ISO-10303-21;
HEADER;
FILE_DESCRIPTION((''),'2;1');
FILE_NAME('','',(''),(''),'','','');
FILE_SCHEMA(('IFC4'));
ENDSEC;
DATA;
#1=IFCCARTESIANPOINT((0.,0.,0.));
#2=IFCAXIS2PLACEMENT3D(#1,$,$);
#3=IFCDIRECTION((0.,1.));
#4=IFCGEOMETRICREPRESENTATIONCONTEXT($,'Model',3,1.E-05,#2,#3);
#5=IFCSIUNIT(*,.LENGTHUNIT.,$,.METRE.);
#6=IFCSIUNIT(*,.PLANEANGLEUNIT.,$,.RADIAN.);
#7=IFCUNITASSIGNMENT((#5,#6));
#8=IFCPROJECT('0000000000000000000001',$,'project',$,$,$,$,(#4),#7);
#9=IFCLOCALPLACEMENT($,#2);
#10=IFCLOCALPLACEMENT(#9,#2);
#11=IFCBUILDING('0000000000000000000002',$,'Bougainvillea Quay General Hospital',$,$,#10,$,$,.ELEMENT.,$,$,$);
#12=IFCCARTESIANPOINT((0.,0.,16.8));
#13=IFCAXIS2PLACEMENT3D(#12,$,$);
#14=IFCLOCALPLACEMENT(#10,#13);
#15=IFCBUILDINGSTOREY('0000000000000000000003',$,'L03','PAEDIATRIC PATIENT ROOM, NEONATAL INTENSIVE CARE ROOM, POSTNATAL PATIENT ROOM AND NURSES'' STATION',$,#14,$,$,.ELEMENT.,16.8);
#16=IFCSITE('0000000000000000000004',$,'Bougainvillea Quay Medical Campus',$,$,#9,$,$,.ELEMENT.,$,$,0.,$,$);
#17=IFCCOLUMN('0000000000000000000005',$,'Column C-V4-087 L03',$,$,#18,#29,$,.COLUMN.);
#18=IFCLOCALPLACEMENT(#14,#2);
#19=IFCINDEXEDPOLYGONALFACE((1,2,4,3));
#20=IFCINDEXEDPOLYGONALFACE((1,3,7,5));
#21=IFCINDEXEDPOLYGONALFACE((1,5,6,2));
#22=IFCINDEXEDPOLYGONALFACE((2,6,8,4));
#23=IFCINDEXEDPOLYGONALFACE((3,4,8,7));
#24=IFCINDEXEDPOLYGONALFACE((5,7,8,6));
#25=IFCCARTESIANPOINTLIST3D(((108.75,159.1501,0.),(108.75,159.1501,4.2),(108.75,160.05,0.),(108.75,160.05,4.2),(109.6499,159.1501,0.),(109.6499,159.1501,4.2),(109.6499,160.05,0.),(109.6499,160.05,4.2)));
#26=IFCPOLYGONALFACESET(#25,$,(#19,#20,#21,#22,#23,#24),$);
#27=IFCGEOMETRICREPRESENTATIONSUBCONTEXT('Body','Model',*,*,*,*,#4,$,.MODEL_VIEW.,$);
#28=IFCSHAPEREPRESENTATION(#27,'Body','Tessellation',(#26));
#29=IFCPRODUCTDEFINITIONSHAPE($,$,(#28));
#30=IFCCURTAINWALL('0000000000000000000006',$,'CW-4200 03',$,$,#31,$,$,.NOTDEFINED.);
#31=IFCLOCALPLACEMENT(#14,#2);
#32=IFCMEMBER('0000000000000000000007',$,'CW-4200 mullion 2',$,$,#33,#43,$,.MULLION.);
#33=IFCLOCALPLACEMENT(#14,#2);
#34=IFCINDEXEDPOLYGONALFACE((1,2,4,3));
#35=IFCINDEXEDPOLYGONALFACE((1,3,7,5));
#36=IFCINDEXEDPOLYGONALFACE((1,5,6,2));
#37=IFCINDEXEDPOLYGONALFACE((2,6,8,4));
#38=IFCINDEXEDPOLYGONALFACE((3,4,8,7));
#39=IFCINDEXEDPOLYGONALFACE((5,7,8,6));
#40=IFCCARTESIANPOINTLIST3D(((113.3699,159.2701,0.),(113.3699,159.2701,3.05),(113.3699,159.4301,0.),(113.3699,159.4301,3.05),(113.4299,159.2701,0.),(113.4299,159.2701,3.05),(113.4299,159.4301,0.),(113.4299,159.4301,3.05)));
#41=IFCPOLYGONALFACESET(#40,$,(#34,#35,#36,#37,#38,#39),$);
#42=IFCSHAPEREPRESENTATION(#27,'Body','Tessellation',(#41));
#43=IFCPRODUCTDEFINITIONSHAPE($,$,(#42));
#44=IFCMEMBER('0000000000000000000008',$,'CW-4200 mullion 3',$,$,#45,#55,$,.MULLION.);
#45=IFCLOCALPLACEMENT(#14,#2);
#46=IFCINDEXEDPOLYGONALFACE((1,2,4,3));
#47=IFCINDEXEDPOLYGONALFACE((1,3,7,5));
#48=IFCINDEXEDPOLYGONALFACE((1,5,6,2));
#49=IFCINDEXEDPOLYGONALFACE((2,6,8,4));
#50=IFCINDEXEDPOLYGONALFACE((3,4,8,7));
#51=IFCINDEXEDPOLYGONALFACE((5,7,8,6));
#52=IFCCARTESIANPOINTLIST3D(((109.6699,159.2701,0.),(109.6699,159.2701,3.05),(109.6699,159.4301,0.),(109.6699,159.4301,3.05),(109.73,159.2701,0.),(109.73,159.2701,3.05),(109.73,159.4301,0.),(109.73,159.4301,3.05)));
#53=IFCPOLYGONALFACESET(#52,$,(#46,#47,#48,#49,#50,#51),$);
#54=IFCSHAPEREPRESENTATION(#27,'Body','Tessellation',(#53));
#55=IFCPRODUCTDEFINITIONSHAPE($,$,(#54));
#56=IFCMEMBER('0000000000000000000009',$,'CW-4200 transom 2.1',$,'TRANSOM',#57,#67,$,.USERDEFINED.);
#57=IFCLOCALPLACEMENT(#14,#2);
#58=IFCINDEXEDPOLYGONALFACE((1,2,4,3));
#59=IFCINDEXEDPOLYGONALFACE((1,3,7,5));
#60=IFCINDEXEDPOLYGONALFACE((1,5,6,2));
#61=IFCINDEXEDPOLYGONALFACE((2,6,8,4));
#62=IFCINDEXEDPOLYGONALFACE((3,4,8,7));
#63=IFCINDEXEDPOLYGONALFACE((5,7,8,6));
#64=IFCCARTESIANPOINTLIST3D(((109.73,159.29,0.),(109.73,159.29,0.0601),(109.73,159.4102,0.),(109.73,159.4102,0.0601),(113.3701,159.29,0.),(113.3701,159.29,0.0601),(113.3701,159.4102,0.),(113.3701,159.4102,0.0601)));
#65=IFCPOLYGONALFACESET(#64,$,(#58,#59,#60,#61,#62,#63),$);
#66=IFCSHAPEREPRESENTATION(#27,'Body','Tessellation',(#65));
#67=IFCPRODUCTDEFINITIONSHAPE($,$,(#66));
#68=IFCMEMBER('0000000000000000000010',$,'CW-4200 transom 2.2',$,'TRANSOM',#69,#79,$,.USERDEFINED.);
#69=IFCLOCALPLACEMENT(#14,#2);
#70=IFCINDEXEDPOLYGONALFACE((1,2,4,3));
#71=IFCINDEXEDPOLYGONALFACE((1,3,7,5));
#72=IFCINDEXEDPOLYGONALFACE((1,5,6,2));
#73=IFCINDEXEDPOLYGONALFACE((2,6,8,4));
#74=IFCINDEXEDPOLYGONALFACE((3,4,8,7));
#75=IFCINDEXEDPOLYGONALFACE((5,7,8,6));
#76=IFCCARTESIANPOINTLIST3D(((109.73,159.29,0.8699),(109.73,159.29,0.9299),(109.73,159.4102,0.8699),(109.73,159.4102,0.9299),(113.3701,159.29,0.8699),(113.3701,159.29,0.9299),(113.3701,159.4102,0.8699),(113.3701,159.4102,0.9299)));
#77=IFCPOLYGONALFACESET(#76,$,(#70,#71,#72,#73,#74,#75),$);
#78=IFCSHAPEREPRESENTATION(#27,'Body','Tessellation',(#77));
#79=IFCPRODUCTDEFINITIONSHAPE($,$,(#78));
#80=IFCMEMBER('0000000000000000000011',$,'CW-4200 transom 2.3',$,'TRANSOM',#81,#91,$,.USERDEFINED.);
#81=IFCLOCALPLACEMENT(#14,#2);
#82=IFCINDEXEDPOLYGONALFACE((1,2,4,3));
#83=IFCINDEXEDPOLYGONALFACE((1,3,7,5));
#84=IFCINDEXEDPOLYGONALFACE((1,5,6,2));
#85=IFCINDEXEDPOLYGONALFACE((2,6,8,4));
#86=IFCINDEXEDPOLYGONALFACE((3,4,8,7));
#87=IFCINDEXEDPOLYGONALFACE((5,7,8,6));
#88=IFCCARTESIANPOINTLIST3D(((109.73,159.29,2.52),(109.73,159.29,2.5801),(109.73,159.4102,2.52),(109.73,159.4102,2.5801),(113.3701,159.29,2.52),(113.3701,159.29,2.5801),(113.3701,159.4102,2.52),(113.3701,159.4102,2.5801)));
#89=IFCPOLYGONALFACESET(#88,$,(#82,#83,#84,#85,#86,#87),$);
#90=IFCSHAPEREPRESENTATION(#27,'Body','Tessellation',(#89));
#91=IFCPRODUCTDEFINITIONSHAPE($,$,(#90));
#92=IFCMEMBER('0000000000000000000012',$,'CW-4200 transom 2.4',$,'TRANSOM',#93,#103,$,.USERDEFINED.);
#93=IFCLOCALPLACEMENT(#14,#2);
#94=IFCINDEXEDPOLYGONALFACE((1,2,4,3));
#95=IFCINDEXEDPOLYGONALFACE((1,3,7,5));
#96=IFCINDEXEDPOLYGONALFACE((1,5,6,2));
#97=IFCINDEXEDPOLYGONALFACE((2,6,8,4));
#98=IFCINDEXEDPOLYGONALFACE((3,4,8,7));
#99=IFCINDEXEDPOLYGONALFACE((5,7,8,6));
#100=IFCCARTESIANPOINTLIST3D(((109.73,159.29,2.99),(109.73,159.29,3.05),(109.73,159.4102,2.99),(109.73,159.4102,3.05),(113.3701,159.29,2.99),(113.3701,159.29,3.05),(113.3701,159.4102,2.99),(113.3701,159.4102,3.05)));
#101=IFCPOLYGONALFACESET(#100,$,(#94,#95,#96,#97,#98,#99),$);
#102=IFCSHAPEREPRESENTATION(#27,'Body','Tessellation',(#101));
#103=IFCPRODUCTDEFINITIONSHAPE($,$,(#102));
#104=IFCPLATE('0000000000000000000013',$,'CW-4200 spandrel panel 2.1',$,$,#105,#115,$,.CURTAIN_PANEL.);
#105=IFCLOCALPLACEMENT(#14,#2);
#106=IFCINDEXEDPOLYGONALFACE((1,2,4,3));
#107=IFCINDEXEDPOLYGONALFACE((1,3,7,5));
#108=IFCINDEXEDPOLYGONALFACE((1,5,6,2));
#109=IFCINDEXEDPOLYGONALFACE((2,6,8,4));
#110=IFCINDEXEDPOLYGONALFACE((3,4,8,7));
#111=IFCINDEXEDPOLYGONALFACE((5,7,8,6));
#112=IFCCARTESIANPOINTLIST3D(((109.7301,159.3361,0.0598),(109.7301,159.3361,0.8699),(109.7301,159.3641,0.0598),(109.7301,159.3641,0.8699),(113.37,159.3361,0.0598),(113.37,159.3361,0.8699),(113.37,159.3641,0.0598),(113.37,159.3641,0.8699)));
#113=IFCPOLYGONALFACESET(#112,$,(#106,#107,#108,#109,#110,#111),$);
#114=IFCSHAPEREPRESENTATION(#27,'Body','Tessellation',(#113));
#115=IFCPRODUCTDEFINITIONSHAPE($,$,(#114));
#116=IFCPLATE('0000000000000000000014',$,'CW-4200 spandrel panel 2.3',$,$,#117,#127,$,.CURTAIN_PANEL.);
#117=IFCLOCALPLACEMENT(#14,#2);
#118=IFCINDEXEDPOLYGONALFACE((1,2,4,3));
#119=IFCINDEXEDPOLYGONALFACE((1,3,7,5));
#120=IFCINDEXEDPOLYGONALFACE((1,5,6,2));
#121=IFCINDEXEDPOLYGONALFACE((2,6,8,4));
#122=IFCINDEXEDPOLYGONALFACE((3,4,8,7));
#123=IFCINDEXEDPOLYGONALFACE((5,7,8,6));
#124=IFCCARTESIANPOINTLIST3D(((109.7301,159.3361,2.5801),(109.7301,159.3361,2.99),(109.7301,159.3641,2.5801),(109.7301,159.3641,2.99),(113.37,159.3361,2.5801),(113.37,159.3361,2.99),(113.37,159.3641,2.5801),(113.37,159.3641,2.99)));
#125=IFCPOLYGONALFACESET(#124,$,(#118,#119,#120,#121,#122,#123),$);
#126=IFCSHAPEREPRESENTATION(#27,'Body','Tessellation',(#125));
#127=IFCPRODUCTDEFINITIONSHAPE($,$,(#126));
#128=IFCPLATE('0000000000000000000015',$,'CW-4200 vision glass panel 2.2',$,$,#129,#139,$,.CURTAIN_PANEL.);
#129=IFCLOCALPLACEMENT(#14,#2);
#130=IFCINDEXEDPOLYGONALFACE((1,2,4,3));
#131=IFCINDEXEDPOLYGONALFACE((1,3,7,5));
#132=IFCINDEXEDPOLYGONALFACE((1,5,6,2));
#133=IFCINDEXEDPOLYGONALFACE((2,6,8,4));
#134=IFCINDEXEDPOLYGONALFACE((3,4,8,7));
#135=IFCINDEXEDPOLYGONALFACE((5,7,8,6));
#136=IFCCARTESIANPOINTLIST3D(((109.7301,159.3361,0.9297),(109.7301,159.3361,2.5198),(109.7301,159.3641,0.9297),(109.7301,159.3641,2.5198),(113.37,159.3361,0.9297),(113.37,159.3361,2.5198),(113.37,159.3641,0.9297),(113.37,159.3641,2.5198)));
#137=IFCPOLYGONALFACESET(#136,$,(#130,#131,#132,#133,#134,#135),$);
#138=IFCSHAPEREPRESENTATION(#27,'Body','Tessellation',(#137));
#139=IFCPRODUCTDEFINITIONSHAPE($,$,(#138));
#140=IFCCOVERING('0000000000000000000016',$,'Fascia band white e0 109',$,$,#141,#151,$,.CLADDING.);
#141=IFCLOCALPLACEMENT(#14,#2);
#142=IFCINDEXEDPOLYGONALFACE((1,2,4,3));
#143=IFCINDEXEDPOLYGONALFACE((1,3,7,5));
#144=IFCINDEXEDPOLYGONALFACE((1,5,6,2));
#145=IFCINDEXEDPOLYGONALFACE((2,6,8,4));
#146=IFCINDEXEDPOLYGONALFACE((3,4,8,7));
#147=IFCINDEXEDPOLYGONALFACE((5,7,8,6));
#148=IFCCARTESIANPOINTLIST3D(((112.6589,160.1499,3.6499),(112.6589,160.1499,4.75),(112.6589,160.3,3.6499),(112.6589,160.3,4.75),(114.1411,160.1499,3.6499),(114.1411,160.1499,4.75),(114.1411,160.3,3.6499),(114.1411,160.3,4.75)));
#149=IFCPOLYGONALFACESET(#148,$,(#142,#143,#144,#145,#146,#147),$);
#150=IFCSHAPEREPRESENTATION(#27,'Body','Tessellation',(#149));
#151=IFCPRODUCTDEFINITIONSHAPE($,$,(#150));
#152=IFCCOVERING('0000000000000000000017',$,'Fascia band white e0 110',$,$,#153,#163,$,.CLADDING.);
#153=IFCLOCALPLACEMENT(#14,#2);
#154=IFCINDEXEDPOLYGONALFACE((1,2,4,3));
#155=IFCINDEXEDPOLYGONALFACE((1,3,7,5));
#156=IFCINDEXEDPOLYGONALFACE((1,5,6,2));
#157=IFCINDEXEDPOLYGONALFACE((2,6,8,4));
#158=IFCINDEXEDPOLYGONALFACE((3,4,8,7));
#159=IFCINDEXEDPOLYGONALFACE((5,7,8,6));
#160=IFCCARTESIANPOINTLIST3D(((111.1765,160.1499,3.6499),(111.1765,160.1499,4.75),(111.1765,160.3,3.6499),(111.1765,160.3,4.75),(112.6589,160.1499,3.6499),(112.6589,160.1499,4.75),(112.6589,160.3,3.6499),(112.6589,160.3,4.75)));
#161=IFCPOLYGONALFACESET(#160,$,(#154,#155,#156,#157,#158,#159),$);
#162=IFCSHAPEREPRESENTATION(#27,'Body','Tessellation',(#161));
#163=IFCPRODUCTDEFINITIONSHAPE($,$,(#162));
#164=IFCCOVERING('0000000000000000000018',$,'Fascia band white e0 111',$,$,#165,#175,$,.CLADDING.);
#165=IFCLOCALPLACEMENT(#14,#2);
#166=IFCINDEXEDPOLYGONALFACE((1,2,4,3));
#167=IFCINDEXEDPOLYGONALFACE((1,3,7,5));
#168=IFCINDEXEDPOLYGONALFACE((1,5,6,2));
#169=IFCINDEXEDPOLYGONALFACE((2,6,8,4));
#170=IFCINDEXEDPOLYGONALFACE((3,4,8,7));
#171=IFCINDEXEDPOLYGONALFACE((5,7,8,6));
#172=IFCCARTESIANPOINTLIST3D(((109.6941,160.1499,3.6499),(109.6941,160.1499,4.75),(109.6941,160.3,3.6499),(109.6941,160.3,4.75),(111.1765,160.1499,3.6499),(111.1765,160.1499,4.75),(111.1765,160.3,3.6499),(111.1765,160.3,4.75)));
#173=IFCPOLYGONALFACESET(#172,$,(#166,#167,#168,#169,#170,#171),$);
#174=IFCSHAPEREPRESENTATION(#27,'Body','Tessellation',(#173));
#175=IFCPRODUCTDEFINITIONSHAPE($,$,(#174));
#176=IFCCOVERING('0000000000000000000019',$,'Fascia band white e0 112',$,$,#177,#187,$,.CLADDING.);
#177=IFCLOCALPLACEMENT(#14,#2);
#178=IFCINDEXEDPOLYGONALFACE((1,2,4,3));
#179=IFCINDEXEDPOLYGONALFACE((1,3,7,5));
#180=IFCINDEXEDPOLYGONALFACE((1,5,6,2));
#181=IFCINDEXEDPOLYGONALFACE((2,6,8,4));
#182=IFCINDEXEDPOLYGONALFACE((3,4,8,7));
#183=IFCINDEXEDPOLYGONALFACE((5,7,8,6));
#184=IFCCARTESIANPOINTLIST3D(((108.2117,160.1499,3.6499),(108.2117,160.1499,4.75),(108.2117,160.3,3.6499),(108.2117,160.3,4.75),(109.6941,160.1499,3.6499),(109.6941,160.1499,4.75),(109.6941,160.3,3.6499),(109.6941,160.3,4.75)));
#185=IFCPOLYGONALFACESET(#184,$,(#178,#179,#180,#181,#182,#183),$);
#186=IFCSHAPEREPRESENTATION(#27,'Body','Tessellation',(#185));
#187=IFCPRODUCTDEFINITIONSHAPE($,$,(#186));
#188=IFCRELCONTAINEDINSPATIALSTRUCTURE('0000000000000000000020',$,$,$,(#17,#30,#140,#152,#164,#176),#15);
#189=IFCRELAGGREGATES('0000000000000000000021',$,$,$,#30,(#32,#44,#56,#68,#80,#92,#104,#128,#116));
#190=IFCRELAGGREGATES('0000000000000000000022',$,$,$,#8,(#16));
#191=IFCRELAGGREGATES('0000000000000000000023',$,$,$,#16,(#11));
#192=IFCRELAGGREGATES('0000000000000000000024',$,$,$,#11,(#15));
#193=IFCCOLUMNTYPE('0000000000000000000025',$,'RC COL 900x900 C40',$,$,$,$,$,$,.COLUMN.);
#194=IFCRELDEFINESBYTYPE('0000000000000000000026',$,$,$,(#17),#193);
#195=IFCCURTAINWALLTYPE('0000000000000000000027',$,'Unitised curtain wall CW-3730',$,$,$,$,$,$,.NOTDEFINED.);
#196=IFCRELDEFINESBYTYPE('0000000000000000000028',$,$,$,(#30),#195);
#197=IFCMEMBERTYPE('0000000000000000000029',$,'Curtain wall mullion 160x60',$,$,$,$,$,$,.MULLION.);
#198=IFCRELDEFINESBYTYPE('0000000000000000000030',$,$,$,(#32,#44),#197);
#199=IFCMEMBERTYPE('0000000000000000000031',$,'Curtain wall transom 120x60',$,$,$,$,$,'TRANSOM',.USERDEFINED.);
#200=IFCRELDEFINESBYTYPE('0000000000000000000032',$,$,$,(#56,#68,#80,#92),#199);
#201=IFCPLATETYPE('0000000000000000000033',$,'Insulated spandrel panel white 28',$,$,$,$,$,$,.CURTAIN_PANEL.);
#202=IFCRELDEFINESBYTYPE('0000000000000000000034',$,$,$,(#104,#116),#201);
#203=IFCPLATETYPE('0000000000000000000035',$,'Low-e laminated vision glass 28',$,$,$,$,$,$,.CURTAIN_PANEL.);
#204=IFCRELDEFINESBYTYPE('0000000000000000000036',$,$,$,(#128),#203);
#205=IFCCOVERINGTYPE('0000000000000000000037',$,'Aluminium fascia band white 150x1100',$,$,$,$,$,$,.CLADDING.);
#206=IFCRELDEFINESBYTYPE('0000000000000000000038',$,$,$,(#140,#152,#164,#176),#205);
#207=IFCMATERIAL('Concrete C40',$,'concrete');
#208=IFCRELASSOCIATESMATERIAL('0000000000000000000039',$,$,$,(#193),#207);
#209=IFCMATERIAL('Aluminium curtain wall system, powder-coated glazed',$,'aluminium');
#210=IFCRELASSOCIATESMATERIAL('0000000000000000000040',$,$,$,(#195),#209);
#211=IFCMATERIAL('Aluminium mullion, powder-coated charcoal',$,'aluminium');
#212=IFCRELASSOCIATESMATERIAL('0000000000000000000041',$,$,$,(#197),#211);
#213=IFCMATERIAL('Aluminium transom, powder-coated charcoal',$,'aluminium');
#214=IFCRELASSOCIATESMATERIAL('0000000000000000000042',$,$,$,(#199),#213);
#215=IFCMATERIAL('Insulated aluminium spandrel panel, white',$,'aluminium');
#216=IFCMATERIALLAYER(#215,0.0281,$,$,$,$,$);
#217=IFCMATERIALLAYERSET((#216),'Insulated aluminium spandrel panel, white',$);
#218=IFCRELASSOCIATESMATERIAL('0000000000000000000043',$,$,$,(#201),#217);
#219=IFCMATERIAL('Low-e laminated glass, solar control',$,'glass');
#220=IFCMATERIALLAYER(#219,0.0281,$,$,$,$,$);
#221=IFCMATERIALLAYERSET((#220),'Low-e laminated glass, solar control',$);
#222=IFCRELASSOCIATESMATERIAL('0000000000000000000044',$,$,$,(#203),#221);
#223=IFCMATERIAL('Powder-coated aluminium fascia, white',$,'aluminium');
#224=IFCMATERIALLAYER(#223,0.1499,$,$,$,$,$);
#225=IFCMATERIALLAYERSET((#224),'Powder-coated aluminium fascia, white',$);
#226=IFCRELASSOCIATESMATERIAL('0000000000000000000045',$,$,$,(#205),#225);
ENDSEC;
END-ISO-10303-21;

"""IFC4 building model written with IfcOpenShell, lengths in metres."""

from ifc_helpers import new_model, si_unit, direction, frame, origin, origin_2d, place, context, subcontext, project, spatial, polyline, rectangle, outline, extrude, material, layer, layer_set, material_profile, profile_set, type_object, element, aggregate, save


model = new_model("IFC4")

# Units and contexts
model_context = context("Model", 3, precision=1e-05, world=origin(), true_north=direction((0.0, 1.0)))
body_context = subcontext(model_context, "Body", "Model", "MODEL_VIEW")
ifc_project = project(units=[si_unit("LENGTHUNIT", "METRE"), si_unit("PLANEANGLEUNIT", "RADIAN")], contexts=[model_context])

# Site, building, storey
site_placement = place(None, origin())
site = spatial("IfcSite", under=ifc_project, at=site_placement, Name="Bougainvillea Quay Medical Campus", CompositionType="ELEMENT", RefElevation=0.0)
building_placement = place(site_placement, origin())
building = spatial("IfcBuilding", under=site, at=building_placement, Name="Bougainvillea Quay General Hospital", CompositionType="ELEMENT")
storey_placement = place(building_placement, frame((0.0, 0.0, 16.8)))
storey = spatial("IfcBuildingStorey", under=building, at=storey_placement, Name="L03", Description="PAEDIATRIC PATIENT ROOM, NEONATAL INTENSIVE CARE ROOM, POSTNATAL PATIENT ROOM AND NURSES' STATION", CompositionType="ELEMENT", Elevation=16.8)

# Column
ifc_material_1 = material(Name="Concrete C40", Category="concrete")
ifc_material_profile_1 = material_profile(ifc_material_1, rectangle(XDim=0.8999, YDim=0.8999, at=origin_2d()))
ifc_profile_set_1 = profile_set([ifc_material_profile_1], Name="Concrete C40")
column_type = type_object("IfcColumnType", Name="RC COL 900x900 C40", PredefinedType="COLUMN", material=ifc_profile_set_1)
column_placement = place(storey_placement, frame((109.2, 159.6001, 0.0), z_axis=(0.0, 0.0, 1.0), x_axis=(1.0, 0.0, 0.0)))
element("IfcColumn", 1, at=column_placement, inside=storey, type_object=column_type, Name="Column C-V4-087 L03", PredefinedType="COLUMN", context=body_context, shape_type="SweptSolid", body=[
    extrude(rectangle(XDim=0.8999, YDim=0.8999, at=origin_2d()), origin(), (0.0, 0.0, 1.0), 4.2),
])

# Curtain wall, members, plates
ifc_material_2 = material(Name="Aluminium curtain wall system, powder-coated glazed", Category="aluminium")
curtain_wall_type = type_object("IfcCurtainWallType", Name="Unitised curtain wall CW-3730", PredefinedType="NOTDEFINED", material=ifc_material_2)
curtain_wall_placement = place(storey_placement, origin())
curtain_wall = element("IfcCurtainWall", 2, at=curtain_wall_placement, inside=storey, type_object=curtain_wall_type, Name="CW-4200 03", PredefinedType="NOTDEFINED")
ifc_material_3 = material(Name="Aluminium mullion, powder-coated charcoal", Category="aluminium")
ifc_material_profile_2 = material_profile(ifc_material_3, rectangle(XDim=0.1599, YDim=0.0601, at=origin_2d()))
ifc_profile_set_2 = profile_set([ifc_material_profile_2], Name="Aluminium mullion, powder-coated charcoal")
member_type_1 = type_object("IfcMemberType", Name="Curtain wall mullion 160x60", PredefinedType="MULLION", material=ifc_profile_set_2)
member_1_placement = place(storey_placement, frame((113.3999, 159.3501, 0.0), z_axis=(0.0, 0.0, 1.0), x_axis=(0.0, -1.0, 0.0)))
member_1 = element("IfcMember", 3, at=member_1_placement, type_object=member_type_1, Name="CW-4200 mullion 2", PredefinedType="MULLION", context=body_context, shape_type="SweptSolid", body=[
    extrude(rectangle(XDim=0.1599, YDim=0.0601, at=origin_2d()), origin(), (0.0, 0.0, 1.0), 3.05),
])
member_2_placement = place(storey_placement, frame((109.7, 159.3501, 0.0), z_axis=(0.0, 0.0, 1.0), x_axis=(0.0, -1.0, 0.0)))
member_2 = element("IfcMember", 4, at=member_2_placement, type_object=member_type_1, Name="CW-4200 mullion 3", PredefinedType="MULLION", context=body_context, shape_type="SweptSolid", body=[
    extrude(rectangle(XDim=0.1599, YDim=0.0601, at=origin_2d()), origin(), (0.0, 0.0, 1.0), 3.05),
])
ifc_material_4 = material(Name="Aluminium transom, powder-coated charcoal", Category="aluminium")
ifc_material_profile_3 = material_profile(ifc_material_4, rectangle(XDim=0.1201, YDim=0.0601, at=origin_2d()))
ifc_profile_set_3 = profile_set([ifc_material_profile_3], Name="Aluminium transom, powder-coated charcoal")
member_type_2 = type_object("IfcMemberType", Name="Curtain wall transom 120x60", ElementType="TRANSOM", PredefinedType="USERDEFINED", material=ifc_profile_set_3)
member_3_placement = place(storey_placement, frame((113.3701, 159.3501, 0.03), z_axis=(-1.0, 0.0, 0.0), x_axis=(0.0, -1.0, 0.0)))
member_3 = element("IfcMember", 5, at=member_3_placement, type_object=member_type_2, Name="CW-4200 transom 2.1", ObjectType="TRANSOM", PredefinedType="USERDEFINED", context=body_context, shape_type="SweptSolid", body=[
    extrude(rectangle(XDim=0.1201, YDim=0.0601, at=origin_2d()), origin(), (0.0, 0.0, 1.0), 3.6401),
])
member_4_placement = place(storey_placement, frame((113.3701, 159.3501, 0.8999), z_axis=(-1.0, 0.0, 0.0), x_axis=(0.0, -1.0, 0.0)))
member_4 = element("IfcMember", 6, at=member_4_placement, type_object=member_type_2, Name="CW-4200 transom 2.2", ObjectType="TRANSOM", PredefinedType="USERDEFINED", context=body_context, shape_type="SweptSolid", body=[
    extrude(rectangle(XDim=0.1201, YDim=0.0601, at=origin_2d()), origin(), (0.0, 0.0, 1.0), 3.6401),
])
member_5_placement = place(storey_placement, frame((113.3701, 159.3501, 2.55), z_axis=(-1.0, 0.0, 0.0), x_axis=(0.0, -1.0, 0.0)))
member_5 = element("IfcMember", 7, at=member_5_placement, type_object=member_type_2, Name="CW-4200 transom 2.3", ObjectType="TRANSOM", PredefinedType="USERDEFINED", context=body_context, shape_type="SweptSolid", body=[
    extrude(rectangle(XDim=0.1201, YDim=0.0601, at=origin_2d()), origin(), (0.0, 0.0, 1.0), 3.6401),
])
member_6_placement = place(storey_placement, frame((113.3701, 159.3501, 3.02), z_axis=(-1.0, 0.0, 0.0), x_axis=(0.0, -1.0, 0.0)))
member_6 = element("IfcMember", 8, at=member_6_placement, type_object=member_type_2, Name="CW-4200 transom 2.4", ObjectType="TRANSOM", PredefinedType="USERDEFINED", context=body_context, shape_type="SweptSolid", body=[
    extrude(rectangle(XDim=0.1201, YDim=0.0601, at=origin_2d()), origin(), (0.0, 0.0, 1.0), 3.6401),
])
ifc_material_5 = material(Name="Insulated aluminium spandrel panel, white", Category="aluminium")
ifc_layer_1 = layer(ifc_material_5, 0.0281)
ifc_layer_set_1 = layer_set([ifc_layer_1], Name="Insulated aluminium spandrel panel, white")
plate_type_1 = type_object("IfcPlateType", Name="Insulated spandrel panel white 28", PredefinedType="CURTAIN_PANEL", material=ifc_layer_set_1)
plate_1_placement = place(storey_placement, frame((111.55, 159.3501, 0.0598), z_axis=(0.0, 0.0, 1.0), x_axis=(-1.0, 0.0, 0.0)))
plate_1 = element("IfcPlate", 9, at=plate_1_placement, type_object=plate_type_1, Name="CW-4200 spandrel panel 2.1", PredefinedType="CURTAIN_PANEL", context=body_context, shape_type="SweptSolid", body=[
    extrude(rectangle(XDim=3.6399, YDim=0.0281, at=origin_2d()), origin(), (0.0, 0.0, 1.0), 0.8101),
])
plate_2_placement = place(storey_placement, frame((111.55, 159.3501, 2.5801), z_axis=(0.0, 0.0, 1.0), x_axis=(-1.0, 0.0, 0.0)))
plate_2 = element("IfcPlate", 10, at=plate_2_placement, type_object=plate_type_1, Name="CW-4200 spandrel panel 2.3", PredefinedType="CURTAIN_PANEL", context=body_context, shape_type="SweptSolid", body=[
    extrude(rectangle(XDim=3.6399, YDim=0.0281, at=origin_2d()), origin(), (0.0, 0.0, 1.0), 0.4099),
])
ifc_material_6 = material(Name="Low-e laminated glass, solar control", Category="glass")
ifc_layer_2 = layer(ifc_material_6, 0.0281)
ifc_layer_set_2 = layer_set([ifc_layer_2], Name="Low-e laminated glass, solar control")
plate_type_2 = type_object("IfcPlateType", Name="Low-e laminated vision glass 28", PredefinedType="CURTAIN_PANEL", material=ifc_layer_set_2)
plate_3_placement = place(storey_placement, frame((111.55, 159.3501, 0.9297), z_axis=(0.0, 0.0, 1.0), x_axis=(-1.0, 0.0, 0.0)))
plate_3 = element("IfcPlate", 11, at=plate_3_placement, type_object=plate_type_2, Name="CW-4200 vision glass panel 2.2", PredefinedType="CURTAIN_PANEL", context=body_context, shape_type="SweptSolid", body=[
    extrude(rectangle(XDim=3.6399, YDim=0.0281, at=origin_2d()), origin(), (0.0, 0.0, 1.0), 1.5901),
])
aggregate(curtain_wall, [member_1, member_2, member_3, member_4, member_5, member_6, plate_1, plate_3, plate_2])

# Coverings
ifc_material_7 = material(Name="Powder-coated aluminium fascia, white", Category="aluminium")
ifc_layer_3 = layer(ifc_material_7, 0.1499)
ifc_layer_set_3 = layer_set([ifc_layer_3], Name="Powder-coated aluminium fascia, white")
covering_type = type_object("IfcCoveringType", Name="Aluminium fascia band white 150x1100", PredefinedType="CLADDING", material=ifc_layer_set_3)
covering_1_placement = place(storey_placement, frame((114.1411, 160.1499, 3.6499), z_axis=(0.0, 0.0, 1.0), x_axis=(-1.0, 0.0, 0.0)))
element("IfcCovering", 12, at=covering_1_placement, inside=storey, type_object=covering_type, Name="Fascia band white e0 109", PredefinedType="CLADDING", context=body_context, shape_type="SweptSolid", body=[
    extrude(outline(polyline([(0.0, 0.0), (1.4822, 0.0), (1.4822, -0.1501), (0.0, -0.1501), (0.0, 0.0)])), origin(), (0.0, 0.0, 1.0), 1.1001),
])
for number, where, z_axis, x_axis, name in (
    (13, (112.6589, 160.1499, 3.6499), (0.0, 0.0, 1.0), (-1.0, 0.0, 0.0), "Fascia band white e0 110"),
    (14, (111.1765, 160.1499, 3.6499), (0.0, 0.0, 1.0), (-1.0, 0.0, 0.0), "Fascia band white e0 111"),
    (15, (109.6941, 160.1499, 3.6499), (0.0, 0.0, 1.0), (-1.0, 0.0, 0.0), "Fascia band white e0 112"),
):
    element("IfcCovering", number, at=place(storey_placement, frame(where, z_axis=z_axis, x_axis=x_axis)), inside=storey, type_object=covering_type, Name=name, PredefinedType="CLADDING", context=body_context, shape_type="SweptSolid", body=[
        extrude(outline(polyline([(0.0, 0.0), (1.4824, 0.0), (1.4824, -0.1501), (0.0, -0.1501), (0.0, 0.0)])), origin(), (0.0, 0.0, 1.0), 1.1001),
    ])

save(model, "model.ifc")
